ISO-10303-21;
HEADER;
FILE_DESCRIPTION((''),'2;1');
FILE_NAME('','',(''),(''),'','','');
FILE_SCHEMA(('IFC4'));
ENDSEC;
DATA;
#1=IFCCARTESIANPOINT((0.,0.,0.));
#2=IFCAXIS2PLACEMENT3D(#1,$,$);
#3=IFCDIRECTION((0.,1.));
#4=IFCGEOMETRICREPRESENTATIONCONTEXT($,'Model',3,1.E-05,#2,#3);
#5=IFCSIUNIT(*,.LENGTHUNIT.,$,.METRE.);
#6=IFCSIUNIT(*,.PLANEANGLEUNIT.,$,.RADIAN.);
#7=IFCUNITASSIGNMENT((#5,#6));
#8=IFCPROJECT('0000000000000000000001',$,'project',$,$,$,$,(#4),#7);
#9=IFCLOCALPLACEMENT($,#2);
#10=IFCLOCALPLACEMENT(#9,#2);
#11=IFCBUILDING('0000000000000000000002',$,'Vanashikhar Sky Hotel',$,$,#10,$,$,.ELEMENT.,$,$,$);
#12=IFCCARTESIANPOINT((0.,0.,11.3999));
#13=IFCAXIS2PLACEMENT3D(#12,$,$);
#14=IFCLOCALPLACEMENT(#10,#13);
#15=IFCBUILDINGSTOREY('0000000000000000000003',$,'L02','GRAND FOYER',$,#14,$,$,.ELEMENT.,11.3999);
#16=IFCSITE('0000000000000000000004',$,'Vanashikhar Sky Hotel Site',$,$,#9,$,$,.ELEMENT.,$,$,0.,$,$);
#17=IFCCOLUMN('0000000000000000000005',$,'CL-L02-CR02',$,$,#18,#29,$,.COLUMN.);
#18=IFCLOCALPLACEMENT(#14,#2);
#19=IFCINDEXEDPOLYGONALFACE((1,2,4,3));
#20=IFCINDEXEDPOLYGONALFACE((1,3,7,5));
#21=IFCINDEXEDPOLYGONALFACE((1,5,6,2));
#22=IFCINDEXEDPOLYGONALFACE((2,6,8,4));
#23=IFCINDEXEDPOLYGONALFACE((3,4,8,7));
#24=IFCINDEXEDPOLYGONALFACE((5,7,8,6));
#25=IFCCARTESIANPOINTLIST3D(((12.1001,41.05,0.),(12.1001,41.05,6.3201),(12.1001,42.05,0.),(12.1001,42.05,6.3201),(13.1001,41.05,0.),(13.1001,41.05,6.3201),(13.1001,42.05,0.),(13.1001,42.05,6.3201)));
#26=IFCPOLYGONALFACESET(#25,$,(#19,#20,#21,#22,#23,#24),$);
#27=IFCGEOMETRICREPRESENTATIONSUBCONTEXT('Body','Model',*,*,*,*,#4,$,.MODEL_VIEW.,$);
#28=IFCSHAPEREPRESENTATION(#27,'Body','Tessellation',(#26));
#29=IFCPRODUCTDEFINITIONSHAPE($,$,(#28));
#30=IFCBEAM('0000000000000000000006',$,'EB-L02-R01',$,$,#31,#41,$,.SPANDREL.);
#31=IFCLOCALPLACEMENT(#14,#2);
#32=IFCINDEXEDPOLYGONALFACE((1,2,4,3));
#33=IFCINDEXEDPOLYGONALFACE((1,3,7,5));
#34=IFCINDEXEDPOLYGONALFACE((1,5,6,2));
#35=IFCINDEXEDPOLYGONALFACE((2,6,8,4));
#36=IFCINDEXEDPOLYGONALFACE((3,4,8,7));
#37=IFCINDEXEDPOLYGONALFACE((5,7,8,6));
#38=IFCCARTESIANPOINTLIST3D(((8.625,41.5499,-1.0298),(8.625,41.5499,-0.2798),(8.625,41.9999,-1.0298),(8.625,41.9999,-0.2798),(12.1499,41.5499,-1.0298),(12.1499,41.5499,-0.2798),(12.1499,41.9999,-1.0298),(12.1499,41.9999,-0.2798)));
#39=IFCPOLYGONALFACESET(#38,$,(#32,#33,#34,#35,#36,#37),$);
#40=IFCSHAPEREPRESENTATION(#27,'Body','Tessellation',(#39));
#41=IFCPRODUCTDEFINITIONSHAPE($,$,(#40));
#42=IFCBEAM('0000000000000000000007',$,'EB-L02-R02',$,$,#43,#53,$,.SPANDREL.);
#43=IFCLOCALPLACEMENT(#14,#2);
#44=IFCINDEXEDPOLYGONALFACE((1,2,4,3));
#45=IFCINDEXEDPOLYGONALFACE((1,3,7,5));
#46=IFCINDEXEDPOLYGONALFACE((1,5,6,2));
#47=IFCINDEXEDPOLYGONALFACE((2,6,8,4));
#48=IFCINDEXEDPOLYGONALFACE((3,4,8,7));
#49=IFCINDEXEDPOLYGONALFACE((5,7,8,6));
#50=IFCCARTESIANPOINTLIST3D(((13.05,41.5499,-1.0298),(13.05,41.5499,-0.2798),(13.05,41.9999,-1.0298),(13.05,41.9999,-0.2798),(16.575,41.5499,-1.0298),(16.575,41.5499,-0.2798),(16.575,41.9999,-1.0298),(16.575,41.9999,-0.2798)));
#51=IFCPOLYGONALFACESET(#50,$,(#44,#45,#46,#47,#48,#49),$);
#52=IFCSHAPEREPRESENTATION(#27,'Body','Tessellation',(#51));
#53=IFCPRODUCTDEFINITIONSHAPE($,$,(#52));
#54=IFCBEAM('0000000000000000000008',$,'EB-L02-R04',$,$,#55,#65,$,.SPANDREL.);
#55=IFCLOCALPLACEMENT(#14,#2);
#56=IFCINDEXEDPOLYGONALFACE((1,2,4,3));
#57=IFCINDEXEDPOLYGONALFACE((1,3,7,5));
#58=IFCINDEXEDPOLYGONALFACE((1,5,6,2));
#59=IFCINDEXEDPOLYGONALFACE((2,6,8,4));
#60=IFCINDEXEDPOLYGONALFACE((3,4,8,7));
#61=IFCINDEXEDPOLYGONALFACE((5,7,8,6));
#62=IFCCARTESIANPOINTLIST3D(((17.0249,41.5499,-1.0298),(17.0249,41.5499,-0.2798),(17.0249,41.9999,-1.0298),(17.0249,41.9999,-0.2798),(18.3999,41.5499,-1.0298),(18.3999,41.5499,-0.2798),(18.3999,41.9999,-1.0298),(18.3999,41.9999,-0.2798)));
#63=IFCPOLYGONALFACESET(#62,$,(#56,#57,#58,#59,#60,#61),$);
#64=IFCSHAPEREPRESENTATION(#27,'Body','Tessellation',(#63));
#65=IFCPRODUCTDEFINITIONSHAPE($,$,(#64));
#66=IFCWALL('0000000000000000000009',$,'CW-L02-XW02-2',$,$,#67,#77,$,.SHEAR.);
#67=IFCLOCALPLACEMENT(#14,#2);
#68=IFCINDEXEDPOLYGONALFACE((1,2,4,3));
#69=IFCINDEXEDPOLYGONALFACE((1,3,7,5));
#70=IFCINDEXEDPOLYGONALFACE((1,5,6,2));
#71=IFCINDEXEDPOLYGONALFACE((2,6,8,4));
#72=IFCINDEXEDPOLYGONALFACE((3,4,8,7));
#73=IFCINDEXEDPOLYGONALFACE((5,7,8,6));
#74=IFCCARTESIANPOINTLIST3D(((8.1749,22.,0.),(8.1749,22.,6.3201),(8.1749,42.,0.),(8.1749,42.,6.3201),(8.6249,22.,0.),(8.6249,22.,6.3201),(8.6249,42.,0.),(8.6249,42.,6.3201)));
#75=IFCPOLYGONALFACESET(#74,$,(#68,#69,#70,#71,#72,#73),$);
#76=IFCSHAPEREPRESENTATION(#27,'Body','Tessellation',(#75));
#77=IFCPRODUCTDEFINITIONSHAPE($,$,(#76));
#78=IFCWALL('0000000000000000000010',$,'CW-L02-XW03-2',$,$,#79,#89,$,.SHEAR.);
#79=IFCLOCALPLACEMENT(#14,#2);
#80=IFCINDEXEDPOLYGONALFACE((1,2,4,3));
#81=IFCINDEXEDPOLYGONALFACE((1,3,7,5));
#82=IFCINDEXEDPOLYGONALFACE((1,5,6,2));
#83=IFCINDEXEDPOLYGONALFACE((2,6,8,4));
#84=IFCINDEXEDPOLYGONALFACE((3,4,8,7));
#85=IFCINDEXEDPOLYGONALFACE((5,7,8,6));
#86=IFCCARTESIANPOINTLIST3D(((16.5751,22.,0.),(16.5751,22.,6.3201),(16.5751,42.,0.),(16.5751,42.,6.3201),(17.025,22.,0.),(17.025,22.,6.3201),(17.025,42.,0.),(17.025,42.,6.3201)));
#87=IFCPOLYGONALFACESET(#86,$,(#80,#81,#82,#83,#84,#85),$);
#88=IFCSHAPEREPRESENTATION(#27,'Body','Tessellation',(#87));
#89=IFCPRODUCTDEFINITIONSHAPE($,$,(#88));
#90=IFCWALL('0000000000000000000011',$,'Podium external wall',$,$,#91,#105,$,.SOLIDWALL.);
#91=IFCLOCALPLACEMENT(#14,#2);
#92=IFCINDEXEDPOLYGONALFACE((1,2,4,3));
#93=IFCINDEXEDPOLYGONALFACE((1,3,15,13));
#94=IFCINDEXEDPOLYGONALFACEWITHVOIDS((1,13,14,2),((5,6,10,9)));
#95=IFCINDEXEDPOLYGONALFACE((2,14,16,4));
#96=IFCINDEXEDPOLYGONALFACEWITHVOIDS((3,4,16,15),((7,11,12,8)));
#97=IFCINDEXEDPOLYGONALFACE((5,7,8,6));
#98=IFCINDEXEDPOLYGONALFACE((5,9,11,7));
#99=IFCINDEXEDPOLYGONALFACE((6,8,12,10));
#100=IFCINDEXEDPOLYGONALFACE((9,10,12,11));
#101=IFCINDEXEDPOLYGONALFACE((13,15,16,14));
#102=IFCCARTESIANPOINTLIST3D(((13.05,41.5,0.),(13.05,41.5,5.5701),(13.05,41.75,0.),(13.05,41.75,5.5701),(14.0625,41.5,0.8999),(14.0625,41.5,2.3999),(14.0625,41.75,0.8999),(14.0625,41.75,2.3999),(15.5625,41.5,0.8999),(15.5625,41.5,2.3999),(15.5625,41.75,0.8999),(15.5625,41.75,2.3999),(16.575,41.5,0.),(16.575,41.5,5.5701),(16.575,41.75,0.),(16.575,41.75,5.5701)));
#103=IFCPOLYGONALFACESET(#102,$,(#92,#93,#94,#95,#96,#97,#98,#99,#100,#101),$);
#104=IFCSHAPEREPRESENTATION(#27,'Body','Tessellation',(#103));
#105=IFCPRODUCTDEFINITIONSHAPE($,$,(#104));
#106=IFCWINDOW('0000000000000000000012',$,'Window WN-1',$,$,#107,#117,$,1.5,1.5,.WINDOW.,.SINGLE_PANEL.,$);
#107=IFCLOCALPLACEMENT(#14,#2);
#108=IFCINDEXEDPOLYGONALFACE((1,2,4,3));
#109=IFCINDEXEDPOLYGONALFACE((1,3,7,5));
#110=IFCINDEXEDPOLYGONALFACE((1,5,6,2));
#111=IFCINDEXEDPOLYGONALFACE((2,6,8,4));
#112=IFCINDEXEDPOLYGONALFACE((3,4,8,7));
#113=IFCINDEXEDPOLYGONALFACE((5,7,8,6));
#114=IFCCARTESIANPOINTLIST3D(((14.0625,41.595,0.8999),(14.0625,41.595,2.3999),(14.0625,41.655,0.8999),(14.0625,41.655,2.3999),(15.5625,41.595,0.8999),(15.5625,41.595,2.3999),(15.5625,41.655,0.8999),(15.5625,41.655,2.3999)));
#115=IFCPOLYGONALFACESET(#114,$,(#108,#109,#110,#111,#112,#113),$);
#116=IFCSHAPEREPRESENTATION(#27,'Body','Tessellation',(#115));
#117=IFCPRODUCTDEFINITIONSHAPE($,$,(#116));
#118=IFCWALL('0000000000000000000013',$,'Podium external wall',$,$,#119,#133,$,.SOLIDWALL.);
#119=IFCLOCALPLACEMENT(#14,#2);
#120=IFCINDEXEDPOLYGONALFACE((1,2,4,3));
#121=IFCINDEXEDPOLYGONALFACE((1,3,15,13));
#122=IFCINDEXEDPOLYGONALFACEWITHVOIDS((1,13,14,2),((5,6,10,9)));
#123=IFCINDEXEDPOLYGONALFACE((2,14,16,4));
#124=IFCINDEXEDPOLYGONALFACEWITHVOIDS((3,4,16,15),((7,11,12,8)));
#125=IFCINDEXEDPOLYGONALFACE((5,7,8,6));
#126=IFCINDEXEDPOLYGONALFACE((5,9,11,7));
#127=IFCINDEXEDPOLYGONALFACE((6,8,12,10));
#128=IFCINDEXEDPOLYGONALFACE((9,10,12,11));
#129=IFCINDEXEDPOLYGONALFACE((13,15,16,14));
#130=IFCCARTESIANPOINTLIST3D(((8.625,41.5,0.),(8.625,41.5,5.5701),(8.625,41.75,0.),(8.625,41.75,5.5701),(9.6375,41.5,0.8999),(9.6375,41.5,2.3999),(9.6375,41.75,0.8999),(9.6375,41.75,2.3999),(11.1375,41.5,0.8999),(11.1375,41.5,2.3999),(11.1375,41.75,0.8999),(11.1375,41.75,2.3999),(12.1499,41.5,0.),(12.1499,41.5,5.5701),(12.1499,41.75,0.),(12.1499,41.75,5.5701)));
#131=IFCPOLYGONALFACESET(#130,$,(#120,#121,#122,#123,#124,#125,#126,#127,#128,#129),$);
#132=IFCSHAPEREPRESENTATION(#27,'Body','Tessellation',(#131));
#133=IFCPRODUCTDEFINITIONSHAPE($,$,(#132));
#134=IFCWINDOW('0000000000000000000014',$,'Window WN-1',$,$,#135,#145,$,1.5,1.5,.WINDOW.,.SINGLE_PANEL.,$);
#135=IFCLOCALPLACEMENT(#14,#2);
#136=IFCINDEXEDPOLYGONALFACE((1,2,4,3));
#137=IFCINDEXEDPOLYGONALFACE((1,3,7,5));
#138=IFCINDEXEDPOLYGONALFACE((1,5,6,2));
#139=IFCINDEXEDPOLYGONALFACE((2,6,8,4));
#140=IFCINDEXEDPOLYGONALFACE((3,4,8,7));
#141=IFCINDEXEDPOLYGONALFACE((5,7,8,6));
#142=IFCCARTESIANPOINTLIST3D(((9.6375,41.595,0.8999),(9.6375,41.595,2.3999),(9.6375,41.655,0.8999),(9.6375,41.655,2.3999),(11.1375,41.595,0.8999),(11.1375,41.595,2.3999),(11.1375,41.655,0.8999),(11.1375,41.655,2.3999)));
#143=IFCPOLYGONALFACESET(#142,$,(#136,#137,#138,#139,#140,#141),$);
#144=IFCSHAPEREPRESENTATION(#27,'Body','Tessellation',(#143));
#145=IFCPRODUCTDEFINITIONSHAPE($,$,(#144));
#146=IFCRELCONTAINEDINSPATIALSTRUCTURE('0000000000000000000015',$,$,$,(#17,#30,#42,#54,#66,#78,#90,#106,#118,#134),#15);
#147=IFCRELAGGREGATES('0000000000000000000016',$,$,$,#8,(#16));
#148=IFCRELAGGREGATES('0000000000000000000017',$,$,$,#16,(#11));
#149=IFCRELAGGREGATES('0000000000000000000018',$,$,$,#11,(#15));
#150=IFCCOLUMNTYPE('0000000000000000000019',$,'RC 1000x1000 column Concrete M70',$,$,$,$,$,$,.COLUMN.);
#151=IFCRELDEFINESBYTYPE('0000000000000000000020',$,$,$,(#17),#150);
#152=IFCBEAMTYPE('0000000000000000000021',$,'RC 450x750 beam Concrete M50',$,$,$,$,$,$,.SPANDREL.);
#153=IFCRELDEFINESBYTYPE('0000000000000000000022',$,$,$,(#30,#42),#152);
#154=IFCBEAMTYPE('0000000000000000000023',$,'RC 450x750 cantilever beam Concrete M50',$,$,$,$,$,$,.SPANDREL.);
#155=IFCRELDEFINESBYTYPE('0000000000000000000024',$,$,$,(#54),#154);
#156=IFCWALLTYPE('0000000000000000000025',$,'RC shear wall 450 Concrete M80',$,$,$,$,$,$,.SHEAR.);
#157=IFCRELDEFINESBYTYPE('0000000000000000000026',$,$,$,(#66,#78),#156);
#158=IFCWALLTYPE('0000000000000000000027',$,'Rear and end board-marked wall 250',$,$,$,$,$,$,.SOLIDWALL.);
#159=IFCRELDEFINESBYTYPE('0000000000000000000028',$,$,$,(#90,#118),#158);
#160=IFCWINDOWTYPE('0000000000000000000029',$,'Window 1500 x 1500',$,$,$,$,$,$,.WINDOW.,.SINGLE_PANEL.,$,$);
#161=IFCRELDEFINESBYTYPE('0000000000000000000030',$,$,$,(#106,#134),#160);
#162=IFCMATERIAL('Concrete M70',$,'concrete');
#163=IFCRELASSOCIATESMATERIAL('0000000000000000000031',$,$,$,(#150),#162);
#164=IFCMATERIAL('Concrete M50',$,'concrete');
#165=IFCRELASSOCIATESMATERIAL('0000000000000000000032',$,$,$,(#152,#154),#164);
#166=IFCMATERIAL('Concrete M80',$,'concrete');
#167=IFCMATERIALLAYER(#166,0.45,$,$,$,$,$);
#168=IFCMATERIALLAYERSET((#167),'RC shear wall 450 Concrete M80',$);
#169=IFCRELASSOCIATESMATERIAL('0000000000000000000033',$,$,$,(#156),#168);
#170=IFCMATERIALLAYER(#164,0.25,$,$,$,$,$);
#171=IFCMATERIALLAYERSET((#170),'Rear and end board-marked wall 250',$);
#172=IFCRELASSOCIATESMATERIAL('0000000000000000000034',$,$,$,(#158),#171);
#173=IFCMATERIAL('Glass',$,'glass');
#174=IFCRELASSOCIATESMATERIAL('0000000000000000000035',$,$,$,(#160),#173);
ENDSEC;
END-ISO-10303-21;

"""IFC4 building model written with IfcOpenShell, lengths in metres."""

from ifc_helpers import new_model, si_unit, direction, frame, frame_2d, origin, origin_2d, place, context, subcontext, project, spatial, rectangle, extrude, source, transform, mapped, material, layer, layer_set, material_profile, profile_set, type_object, element, fill, save


model = new_model("IFC4")

# Units and contexts
model_context = context("Model", 3, precision=1e-05, world=origin(), true_north=direction((0.0, 1.0)))
body_context = subcontext(model_context, "Body", "Model", "MODEL_VIEW")
ifc_project = project(units=[si_unit("LENGTHUNIT", "METRE"), si_unit("PLANEANGLEUNIT", "RADIAN")], contexts=[model_context])

# Site, building, storey
site_placement = place(None, origin())
site = spatial("IfcSite", under=ifc_project, at=site_placement, Name="Vanashikhar Sky Hotel Site", CompositionType="ELEMENT", RefElevation=0.0)
building_placement = place(site_placement, origin())
building = spatial("IfcBuilding", under=site, at=building_placement, Name="Vanashikhar Sky Hotel", CompositionType="ELEMENT")
storey_placement = place(building_placement, frame((0.0, 0.0, 11.3999)))
storey = spatial("IfcBuildingStorey", under=building, at=storey_placement, Name="L02", Description="GRAND FOYER", CompositionType="ELEMENT", Elevation=11.3999)

# Column
ifc_material_1 = material(Name="Concrete M70", Category="concrete")
ifc_material_profile_1 = material_profile(ifc_material_1, rectangle(XDim=1.0, YDim=1.0, at=origin_2d()))
ifc_profile_set_1 = profile_set([ifc_material_profile_1], Name="RC 1000x1000 column Concrete M70")
column_type = type_object("IfcColumnType", Name="RC 1000x1000 column Concrete M70", PredefinedType="COLUMN", material=ifc_profile_set_1)
shared_shape_1 = source(origin(), body_context, "Body", "SweptSolid", [
    extrude(rectangle(XDim=1.0, YDim=1.0, at=origin_2d()), origin(), (0.0, 0.0, 1.0), 6.3201),
])
column_placement = place(storey_placement, frame((12.6001, 41.55, 0.0), z_axis=(0.0, 0.0, 1.0), x_axis=(1.0, 0.0, 0.0)))
element("IfcColumn", 1, at=column_placement, inside=storey, type_object=column_type, Name="CL-L02-CR02", PredefinedType="COLUMN", context=body_context, shape_type="MappedRepresentation", body=[
    mapped(shared_shape_1, transform((0.0, 0.0, 0.0), scale=1.0)),
])

# Beams
ifc_material_2 = material(Name="Concrete M50", Category="concrete")
ifc_material_profile_2 = material_profile(ifc_material_2, rectangle(XDim=0.45, YDim=0.75, at=origin_2d()))
ifc_profile_set_2 = profile_set([ifc_material_profile_2], Name="RC 450x750 beam Concrete M50")
beam_type_1 = type_object("IfcBeamType", Name="RC 450x750 beam Concrete M50", PredefinedType="SPANDREL", material=ifc_profile_set_2)
shared_shape_2 = source(origin(), body_context, "Body", "SweptSolid", [
    extrude(rectangle(XDim=0.45, YDim=0.75, at=origin_2d()), origin(), (0.0, 0.0, 1.0), 3.5249),
])
for number, where, z_axis, x_axis, name in (
    (2, (8.625, 41.7749, -0.6548), (1.0, 0.0, 0.0), (0.0, 1.0, 0.0), "EB-L02-R01"),
    (3, (13.05, 41.7749, -0.6548), (1.0, 0.0, 0.0), (0.0, 1.0, 0.0), "EB-L02-R02"),
):
    element("IfcBeam", number, at=place(storey_placement, frame(where, z_axis=z_axis, x_axis=x_axis)), inside=storey, type_object=beam_type_1, Name=name, PredefinedType="SPANDREL", context=body_context, shape_type="MappedRepresentation", body=[
        mapped(shared_shape_2, transform((0.0, 0.0, 0.0), scale=1.0)),
    ])
ifc_material_profile_3 = material_profile(ifc_material_2, rectangle(XDim=0.45, YDim=0.75, at=origin_2d()))
ifc_profile_set_3 = profile_set([ifc_material_profile_3], Name="RC 450x750 cantilever beam Concrete M50")
beam_type_2 = type_object("IfcBeamType", Name="RC 450x750 cantilever beam Concrete M50", PredefinedType="SPANDREL", material=ifc_profile_set_3)
shared_shape_3 = source(origin(), body_context, "Body", "SweptSolid", [
    extrude(rectangle(XDim=0.45, YDim=0.75, at=origin_2d()), origin(), (0.0, 0.0, 1.0), 1.375),
])
beam_placement = place(storey_placement, frame((17.0249, 41.7749, -0.6548), z_axis=(1.0, 0.0, 0.0), x_axis=(0.0, 1.0, 0.0)))
element("IfcBeam", 4, at=beam_placement, inside=storey, type_object=beam_type_2, Name="EB-L02-R04", PredefinedType="SPANDREL", context=body_context, shape_type="MappedRepresentation", body=[
    mapped(shared_shape_3, transform((0.0, 0.0, 0.0), scale=1.0)),
])

# Walls
ifc_material_3 = material(Name="Concrete M80", Category="concrete")
ifc_layer_1 = layer(ifc_material_3, 0.45)
ifc_layer_set_1 = layer_set([ifc_layer_1], Name="RC shear wall 450 Concrete M80")
wall_type_1 = type_object("IfcWallType", Name="RC shear wall 450 Concrete M80", PredefinedType="SHEAR", material=ifc_layer_set_1)
shared_shape_4 = source(origin(), body_context, "Body", "SweptSolid", [
    extrude(rectangle(XDim=20.0, YDim=0.45, at=frame_2d((10.0, 0.0))), origin(), (0.0, 0.0, 1.0), 6.3201),
])
for number, where, z_axis, x_axis, name in (
    (5, (8.3999, 22.0, 0.0), (0.0, 0.0, 1.0), (0.0, 1.0, 0.0), "CW-L02-XW02-2"),
    (6, (16.8, 22.0, 0.0), (0.0, 0.0, 1.0), (0.0, 1.0, 0.0), "CW-L02-XW03-2"),
):
    element("IfcWall", number, at=place(storey_placement, frame(where, z_axis=z_axis, x_axis=x_axis)), inside=storey, type_object=wall_type_1, Name=name, PredefinedType="SHEAR", context=body_context, shape_type="MappedRepresentation", body=[
        mapped(shared_shape_4, transform((0.0, 0.0, 0.0), scale=1.0)),
    ])

# Walls, openings, windows
ifc_layer_2 = layer(ifc_material_2, 0.25)
ifc_layer_set_2 = layer_set([ifc_layer_2], Name="Rear and end board-marked wall 250")
wall_type_2 = type_object("IfcWallType", Name="Rear and end board-marked wall 250", PredefinedType="SOLIDWALL", material=ifc_layer_set_2)
shared_shape_5 = source(origin(), body_context, "Body", "SweptSolid", [
    extrude(rectangle(XDim=3.5249, YDim=0.25, at=frame_2d((1.7625, 0.0))), origin(), (0.0, 0.0, 1.0), 5.5701),
])
wall_1_placement = place(storey_placement, frame((16.575, 41.625, 0.0), z_axis=(0.0, 0.0, 1.0), x_axis=(-1.0, 0.0, 0.0)))
wall_1 = element("IfcWall", 7, at=wall_1_placement, inside=storey, type_object=wall_type_2, Name="Podium external wall", PredefinedType="SOLIDWALL", context=body_context, shape_type="MappedRepresentation", body=[
    mapped(shared_shape_5, transform((0.0, 0.0, 0.0), scale=1.0)),
])
shared_shape_6 = source(origin(), body_context, "Body", "SweptSolid", [
    extrude(rectangle(XDim=1.5, YDim=1.5, at=frame_2d((0.75, 0.75))), frame((0.0, 0.135, 0.0), z_axis=(0.0, -1.0, 0.0), x_axis=(1.0, 0.0, 0.0)), (0.0, 0.0, 1.0), 0.27),
])
opening_1_placement = place(wall_1_placement, frame((1.0125, 0.0, 0.8999)))
opening_1 = element("IfcOpeningElement", 8, at=opening_1_placement, cuts=wall_1, PredefinedType="OPENING", context=body_context, shape_type="MappedRepresentation", body=[
    mapped(shared_shape_6, transform((0.0, 0.0, 0.0), scale=1.0)),
])
ifc_material_4 = material(Name="Glass", Category="glass")
window_type = type_object("IfcWindowType", Name="Window 1500 x 1500", PartitioningType="SINGLE_PANEL", PredefinedType="WINDOW", material=ifc_material_4)
shared_shape_7 = source(origin(), body_context, "Body", "SweptSolid", [
    extrude(rectangle(XDim=1.5, YDim=1.5, at=frame_2d((0.75, 0.75))), frame((0.0, 0.03, 0.0), z_axis=(0.0, -1.0, 0.0), x_axis=(1.0, 0.0, 0.0)), (0.0, 0.0, 1.0), 0.0601),
])
window_1_placement = place(opening_1_placement, origin())
window_1 = element("IfcWindow", 9, at=window_1_placement, inside=storey, type_object=window_type, Name="Window WN-1", OverallHeight=1.5, OverallWidth=1.5, PartitioningType="SINGLE_PANEL", PredefinedType="WINDOW", context=body_context, shape_type="MappedRepresentation", body=[
    mapped(shared_shape_7, transform((0.0, 0.0, 0.0), scale=1.0)),
])
fill(opening_1, window_1)
wall_2_placement = place(storey_placement, frame((12.1499, 41.625, 0.0), z_axis=(0.0, 0.0, 1.0), x_axis=(-1.0, 0.0, 0.0)))
wall_2 = element("IfcWall", 10, at=wall_2_placement, inside=storey, type_object=wall_type_2, Name="Podium external wall", PredefinedType="SOLIDWALL", context=body_context, shape_type="MappedRepresentation", body=[
    mapped(shared_shape_5, transform((0.0, 0.0, 0.0), scale=1.0)),
])
opening_2_placement = place(wall_2_placement, frame((1.0125, 0.0, 0.8999)))
opening_2 = element("IfcOpeningElement", 11, at=opening_2_placement, cuts=wall_2, PredefinedType="OPENING", context=body_context, shape_type="MappedRepresentation", body=[
    mapped(shared_shape_6, transform((0.0, 0.0, 0.0), scale=1.0)),
])
window_2_placement = place(opening_2_placement, origin())
window_2 = element("IfcWindow", 12, at=window_2_placement, inside=storey, type_object=window_type, Name="Window WN-1", OverallHeight=1.5, OverallWidth=1.5, PartitioningType="SINGLE_PANEL", PredefinedType="WINDOW", context=body_context, shape_type="MappedRepresentation", body=[
    mapped(shared_shape_7, transform((0.0, 0.0, 0.0), scale=1.0)),
])
fill(opening_2, window_2)

save(model, "model.ifc")
